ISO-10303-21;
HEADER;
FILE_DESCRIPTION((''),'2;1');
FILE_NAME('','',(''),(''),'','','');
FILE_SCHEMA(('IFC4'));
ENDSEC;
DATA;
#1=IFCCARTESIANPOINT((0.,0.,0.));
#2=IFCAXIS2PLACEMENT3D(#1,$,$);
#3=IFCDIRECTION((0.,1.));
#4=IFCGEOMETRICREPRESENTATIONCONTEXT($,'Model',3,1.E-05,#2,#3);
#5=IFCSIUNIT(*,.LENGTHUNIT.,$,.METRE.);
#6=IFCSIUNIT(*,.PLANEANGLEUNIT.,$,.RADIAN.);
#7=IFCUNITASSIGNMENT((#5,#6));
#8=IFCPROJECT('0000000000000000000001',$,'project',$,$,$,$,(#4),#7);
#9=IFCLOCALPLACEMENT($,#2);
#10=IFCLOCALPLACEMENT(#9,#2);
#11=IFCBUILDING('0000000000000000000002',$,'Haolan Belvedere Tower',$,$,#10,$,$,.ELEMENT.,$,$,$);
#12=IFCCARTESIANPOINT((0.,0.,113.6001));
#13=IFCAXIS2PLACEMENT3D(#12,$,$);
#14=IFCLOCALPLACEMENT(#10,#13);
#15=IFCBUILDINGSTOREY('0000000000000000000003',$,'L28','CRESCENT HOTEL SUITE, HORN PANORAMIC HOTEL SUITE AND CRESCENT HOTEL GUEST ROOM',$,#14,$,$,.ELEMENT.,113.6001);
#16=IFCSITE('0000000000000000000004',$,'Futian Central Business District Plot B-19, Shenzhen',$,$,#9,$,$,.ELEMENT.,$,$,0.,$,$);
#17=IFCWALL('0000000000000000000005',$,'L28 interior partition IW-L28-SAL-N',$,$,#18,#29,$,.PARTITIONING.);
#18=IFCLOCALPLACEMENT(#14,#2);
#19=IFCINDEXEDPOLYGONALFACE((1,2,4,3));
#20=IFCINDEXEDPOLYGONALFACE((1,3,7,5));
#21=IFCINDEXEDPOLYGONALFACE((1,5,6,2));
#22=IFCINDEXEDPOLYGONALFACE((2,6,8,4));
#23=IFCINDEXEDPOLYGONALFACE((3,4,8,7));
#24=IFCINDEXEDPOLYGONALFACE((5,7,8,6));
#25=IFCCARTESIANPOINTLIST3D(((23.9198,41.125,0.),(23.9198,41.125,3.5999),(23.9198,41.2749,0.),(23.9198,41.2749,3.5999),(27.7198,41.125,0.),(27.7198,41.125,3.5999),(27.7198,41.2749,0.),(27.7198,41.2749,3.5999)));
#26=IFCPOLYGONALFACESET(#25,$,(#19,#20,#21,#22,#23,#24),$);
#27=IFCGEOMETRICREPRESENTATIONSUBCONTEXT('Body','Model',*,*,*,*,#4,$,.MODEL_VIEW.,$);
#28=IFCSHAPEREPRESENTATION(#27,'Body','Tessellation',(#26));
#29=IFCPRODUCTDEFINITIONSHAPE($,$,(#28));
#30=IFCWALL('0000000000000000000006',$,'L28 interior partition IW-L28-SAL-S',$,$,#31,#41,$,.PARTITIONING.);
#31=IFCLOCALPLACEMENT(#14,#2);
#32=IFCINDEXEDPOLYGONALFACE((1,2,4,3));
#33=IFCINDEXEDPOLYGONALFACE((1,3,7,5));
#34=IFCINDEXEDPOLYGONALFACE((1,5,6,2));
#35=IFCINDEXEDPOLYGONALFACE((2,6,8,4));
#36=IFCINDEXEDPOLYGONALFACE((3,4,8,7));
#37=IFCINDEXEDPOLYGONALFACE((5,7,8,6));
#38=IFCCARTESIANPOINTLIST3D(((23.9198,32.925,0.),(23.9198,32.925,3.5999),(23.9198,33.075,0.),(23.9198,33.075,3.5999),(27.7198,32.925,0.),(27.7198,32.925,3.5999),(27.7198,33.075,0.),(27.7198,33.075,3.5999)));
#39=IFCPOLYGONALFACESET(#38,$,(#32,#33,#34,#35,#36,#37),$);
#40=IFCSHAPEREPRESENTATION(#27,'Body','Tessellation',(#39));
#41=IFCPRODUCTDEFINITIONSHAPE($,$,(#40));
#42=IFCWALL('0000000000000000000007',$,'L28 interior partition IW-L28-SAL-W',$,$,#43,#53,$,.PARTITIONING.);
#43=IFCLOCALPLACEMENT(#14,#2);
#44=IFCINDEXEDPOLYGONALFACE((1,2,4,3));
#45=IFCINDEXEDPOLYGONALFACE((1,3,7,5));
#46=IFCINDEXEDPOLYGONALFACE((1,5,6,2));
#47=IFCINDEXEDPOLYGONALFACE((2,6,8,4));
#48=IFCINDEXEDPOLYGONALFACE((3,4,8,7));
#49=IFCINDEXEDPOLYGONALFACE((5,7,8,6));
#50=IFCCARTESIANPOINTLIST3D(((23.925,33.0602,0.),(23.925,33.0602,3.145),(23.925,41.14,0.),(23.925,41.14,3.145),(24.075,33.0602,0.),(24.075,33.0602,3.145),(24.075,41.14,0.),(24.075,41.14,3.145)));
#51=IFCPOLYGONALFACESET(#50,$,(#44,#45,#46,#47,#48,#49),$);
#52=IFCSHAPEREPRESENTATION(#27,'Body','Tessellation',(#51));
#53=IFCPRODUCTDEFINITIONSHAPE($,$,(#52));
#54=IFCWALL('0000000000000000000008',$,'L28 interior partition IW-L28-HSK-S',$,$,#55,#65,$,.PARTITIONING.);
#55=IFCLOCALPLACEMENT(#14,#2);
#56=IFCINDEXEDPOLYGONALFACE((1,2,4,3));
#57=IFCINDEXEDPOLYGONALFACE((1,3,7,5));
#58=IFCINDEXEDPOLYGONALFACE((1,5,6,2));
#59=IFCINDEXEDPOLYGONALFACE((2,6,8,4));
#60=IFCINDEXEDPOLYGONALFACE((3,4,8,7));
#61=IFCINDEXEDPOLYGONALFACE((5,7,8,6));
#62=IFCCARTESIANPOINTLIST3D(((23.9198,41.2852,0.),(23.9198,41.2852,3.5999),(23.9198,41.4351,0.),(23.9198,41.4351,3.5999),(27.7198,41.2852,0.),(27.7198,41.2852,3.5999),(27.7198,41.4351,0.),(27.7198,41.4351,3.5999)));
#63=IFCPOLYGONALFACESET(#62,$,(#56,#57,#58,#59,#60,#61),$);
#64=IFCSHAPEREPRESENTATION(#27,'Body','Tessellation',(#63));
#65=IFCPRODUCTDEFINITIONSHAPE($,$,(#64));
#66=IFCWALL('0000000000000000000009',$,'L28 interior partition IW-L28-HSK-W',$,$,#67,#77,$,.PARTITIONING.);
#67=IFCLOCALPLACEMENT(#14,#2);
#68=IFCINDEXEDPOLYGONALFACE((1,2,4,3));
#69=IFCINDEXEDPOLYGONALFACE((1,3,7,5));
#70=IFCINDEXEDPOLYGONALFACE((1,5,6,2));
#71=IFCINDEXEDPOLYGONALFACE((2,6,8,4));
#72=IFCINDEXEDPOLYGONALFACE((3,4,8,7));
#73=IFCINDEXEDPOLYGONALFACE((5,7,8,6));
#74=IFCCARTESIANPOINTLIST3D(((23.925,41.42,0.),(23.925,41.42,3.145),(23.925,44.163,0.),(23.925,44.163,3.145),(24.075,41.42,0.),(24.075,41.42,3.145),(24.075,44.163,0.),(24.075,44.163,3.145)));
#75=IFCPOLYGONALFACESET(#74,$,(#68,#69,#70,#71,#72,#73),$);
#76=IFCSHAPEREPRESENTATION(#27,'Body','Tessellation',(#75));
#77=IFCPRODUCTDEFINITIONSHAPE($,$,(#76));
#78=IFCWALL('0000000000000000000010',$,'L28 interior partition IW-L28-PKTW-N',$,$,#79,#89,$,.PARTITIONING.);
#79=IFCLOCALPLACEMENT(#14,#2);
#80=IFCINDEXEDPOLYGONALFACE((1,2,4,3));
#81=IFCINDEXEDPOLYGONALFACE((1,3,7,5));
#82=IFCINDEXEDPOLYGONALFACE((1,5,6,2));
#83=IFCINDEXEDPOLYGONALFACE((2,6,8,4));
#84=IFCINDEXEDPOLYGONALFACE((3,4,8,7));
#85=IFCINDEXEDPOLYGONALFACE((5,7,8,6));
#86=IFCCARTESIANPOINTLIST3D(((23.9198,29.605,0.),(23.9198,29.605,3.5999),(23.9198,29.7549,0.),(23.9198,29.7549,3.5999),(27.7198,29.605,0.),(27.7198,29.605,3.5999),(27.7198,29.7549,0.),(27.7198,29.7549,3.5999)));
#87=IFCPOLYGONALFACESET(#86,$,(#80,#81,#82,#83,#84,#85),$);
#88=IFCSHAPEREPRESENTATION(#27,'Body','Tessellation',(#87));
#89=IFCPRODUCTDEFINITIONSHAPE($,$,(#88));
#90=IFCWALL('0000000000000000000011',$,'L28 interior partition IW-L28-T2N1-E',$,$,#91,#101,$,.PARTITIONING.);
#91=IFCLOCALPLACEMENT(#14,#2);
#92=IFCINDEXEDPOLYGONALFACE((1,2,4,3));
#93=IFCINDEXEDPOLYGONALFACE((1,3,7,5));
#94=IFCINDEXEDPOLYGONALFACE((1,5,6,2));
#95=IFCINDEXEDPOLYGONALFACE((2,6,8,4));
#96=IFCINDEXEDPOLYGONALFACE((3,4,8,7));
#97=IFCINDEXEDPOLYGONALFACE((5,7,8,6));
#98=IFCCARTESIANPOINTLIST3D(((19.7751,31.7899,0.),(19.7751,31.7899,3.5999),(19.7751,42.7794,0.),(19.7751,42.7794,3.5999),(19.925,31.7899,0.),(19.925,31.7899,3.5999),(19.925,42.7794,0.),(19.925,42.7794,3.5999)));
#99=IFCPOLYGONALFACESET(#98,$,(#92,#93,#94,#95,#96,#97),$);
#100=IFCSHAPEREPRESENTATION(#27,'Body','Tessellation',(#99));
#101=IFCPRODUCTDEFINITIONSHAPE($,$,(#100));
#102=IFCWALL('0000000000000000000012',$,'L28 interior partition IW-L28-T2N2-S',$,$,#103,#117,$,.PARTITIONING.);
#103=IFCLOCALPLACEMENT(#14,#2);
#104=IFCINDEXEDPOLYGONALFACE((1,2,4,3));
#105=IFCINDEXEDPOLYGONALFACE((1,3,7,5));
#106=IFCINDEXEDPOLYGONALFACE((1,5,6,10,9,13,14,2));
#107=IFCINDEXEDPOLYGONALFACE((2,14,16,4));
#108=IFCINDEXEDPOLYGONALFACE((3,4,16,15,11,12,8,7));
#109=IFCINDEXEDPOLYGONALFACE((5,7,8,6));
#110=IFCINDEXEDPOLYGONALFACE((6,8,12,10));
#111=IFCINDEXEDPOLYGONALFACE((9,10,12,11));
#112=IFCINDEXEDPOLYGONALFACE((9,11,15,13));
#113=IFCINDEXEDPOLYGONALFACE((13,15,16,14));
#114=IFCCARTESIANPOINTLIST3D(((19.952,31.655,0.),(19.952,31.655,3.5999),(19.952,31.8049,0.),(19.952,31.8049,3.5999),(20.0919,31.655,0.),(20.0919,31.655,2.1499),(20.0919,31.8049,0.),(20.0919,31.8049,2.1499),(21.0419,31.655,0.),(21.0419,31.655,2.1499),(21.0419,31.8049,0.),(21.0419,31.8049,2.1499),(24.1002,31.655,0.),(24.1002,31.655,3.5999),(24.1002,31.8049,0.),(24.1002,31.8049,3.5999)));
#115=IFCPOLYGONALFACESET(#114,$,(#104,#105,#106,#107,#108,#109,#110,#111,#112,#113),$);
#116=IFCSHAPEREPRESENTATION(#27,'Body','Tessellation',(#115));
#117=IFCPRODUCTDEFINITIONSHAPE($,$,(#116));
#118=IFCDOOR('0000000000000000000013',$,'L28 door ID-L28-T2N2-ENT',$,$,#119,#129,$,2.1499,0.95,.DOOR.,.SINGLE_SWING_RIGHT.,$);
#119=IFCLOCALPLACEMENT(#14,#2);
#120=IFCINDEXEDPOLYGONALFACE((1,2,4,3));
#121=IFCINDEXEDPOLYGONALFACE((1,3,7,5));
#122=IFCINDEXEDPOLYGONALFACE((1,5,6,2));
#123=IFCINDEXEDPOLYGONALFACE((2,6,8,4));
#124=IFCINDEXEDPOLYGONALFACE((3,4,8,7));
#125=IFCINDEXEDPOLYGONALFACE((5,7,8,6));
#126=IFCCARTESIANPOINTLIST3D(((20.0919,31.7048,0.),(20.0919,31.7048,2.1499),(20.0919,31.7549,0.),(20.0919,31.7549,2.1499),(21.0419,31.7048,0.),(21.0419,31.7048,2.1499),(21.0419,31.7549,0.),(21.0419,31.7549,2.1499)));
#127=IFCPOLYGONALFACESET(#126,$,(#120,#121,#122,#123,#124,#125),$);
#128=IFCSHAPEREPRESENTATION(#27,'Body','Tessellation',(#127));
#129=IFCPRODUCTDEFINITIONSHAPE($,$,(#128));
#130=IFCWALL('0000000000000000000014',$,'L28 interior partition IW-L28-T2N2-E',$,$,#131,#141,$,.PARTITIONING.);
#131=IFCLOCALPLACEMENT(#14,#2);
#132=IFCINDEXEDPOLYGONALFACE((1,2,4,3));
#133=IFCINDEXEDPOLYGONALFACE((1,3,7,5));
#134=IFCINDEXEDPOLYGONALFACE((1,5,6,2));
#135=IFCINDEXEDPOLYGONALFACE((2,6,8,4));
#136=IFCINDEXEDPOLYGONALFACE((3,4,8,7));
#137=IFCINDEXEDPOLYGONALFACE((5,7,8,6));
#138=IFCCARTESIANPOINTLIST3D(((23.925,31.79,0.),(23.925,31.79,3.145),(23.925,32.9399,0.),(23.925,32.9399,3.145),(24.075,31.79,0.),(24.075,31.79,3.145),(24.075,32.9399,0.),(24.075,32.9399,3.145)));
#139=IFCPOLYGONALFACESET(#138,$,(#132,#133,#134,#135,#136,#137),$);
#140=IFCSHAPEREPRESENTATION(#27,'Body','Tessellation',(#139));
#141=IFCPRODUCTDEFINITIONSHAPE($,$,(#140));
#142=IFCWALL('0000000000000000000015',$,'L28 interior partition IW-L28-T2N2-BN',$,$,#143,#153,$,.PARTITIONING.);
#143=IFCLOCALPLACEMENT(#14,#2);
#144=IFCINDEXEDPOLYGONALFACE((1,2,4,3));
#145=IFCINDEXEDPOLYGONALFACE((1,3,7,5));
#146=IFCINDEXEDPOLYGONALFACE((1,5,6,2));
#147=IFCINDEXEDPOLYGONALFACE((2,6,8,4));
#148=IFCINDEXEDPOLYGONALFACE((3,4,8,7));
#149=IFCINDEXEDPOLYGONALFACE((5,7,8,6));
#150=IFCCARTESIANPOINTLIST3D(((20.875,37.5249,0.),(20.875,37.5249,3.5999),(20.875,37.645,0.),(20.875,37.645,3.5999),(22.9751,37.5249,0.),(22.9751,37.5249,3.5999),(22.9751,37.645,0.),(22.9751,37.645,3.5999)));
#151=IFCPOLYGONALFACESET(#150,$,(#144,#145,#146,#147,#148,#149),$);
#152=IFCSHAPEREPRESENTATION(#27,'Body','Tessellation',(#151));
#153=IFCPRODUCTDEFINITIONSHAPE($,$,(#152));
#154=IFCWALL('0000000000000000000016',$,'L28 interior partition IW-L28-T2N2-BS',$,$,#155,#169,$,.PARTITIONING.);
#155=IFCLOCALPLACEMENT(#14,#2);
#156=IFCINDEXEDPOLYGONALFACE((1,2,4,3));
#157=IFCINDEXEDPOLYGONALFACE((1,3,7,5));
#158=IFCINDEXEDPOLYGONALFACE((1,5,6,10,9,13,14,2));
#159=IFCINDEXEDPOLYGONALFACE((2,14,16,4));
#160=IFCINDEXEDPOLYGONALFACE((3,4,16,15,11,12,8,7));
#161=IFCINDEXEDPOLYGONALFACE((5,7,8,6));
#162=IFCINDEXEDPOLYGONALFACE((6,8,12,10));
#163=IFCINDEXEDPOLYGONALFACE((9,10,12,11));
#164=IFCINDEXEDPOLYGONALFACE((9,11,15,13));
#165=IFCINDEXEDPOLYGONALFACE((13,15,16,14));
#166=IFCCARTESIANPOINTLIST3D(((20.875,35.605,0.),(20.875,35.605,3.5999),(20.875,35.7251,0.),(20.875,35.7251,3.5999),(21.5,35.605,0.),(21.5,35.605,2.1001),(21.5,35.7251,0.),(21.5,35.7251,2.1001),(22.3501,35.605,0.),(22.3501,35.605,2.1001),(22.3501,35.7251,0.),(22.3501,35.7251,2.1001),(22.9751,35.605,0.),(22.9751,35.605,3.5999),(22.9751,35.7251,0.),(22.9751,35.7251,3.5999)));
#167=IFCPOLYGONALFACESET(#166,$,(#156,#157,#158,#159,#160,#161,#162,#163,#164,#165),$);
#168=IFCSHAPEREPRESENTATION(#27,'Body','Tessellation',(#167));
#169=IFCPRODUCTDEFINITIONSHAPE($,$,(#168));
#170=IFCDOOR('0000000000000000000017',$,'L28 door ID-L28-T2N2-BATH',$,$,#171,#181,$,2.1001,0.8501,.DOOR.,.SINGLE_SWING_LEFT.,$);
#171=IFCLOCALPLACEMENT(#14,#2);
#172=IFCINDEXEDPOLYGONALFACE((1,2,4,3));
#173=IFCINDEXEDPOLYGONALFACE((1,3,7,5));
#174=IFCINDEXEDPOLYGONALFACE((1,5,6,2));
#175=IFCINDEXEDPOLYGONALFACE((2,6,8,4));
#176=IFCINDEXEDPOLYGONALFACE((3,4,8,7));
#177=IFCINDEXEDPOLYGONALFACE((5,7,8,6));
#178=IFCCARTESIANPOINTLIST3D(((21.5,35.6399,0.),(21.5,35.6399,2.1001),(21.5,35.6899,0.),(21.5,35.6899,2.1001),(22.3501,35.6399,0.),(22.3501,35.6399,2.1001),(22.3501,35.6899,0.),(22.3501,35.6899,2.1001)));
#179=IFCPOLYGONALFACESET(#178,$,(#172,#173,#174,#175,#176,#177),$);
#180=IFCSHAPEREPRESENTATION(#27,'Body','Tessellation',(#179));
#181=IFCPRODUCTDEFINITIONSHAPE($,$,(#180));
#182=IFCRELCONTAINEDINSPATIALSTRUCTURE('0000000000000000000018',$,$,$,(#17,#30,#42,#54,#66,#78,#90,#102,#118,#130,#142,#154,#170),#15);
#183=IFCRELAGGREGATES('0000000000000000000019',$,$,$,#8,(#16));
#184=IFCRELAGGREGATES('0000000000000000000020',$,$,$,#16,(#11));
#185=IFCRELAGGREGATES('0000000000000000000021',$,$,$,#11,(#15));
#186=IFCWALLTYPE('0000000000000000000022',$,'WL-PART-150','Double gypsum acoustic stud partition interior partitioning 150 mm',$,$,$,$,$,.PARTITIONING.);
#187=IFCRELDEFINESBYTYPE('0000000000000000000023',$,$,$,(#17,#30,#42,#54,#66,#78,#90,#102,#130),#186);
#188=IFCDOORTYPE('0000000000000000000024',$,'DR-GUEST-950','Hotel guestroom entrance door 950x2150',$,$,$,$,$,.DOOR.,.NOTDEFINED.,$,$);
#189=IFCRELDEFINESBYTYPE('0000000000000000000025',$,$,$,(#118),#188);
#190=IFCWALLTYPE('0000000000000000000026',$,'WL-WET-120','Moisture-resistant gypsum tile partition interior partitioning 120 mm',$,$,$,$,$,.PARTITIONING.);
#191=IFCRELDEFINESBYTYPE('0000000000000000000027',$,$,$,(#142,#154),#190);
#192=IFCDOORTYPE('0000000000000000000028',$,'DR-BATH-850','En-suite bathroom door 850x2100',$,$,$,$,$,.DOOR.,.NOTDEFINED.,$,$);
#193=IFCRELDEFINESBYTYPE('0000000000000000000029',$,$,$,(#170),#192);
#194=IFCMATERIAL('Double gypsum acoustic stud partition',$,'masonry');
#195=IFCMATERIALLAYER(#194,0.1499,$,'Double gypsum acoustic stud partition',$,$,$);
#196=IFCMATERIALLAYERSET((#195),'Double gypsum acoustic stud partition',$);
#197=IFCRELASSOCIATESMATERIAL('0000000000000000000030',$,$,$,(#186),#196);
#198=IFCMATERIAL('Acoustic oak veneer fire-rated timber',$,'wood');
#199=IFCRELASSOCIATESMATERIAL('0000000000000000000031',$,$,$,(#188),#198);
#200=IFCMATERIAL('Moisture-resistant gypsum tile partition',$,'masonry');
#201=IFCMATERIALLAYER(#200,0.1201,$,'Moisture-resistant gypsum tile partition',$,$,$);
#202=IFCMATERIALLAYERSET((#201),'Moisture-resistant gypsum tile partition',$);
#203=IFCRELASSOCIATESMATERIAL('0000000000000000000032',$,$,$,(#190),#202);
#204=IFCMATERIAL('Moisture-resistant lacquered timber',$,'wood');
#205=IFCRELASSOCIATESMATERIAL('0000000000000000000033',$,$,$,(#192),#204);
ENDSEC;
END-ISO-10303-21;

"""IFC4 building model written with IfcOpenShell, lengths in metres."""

from ifc_helpers import new_model, si_unit, direction, frame, frame_2d, origin, place, context, subcontext, project, spatial, rectangle, extrude, material, layer, layer_set, type_object, element, fill, save


model = new_model("IFC4")

# Units and contexts
model_context = context("Model", 3, precision=1e-05, world=origin(), true_north=direction((0.0, 1.0)))
body_context = subcontext(model_context, "Body", "Model", "MODEL_VIEW")
ifc_project = project(units=[si_unit("LENGTHUNIT", "METRE"), si_unit("PLANEANGLEUNIT", "RADIAN")], contexts=[model_context])

# Site, building, storey
site_placement = place(None, origin())
site = spatial("IfcSite", under=ifc_project, at=site_placement, Name="Futian Central Business District Plot B-19, Shenzhen", CompositionType="ELEMENT", RefElevation=0.0)
building_placement = place(site_placement, origin())
building = spatial("IfcBuilding", under=site, at=building_placement, Name="Haolan Belvedere Tower", CompositionType="ELEMENT")
storey_placement = place(building_placement, frame((0.0, 0.0, 113.6001)))
storey = spatial("IfcBuildingStorey", under=building, at=storey_placement, Name="L28", Description="CRESCENT HOTEL SUITE, HORN PANORAMIC HOTEL SUITE AND CRESCENT HOTEL GUEST ROOM", CompositionType="ELEMENT", Elevation=113.6001)

# Walls
ifc_material_1 = material(Name="Double gypsum acoustic stud partition", Category="masonry")
ifc_layer_1 = layer(ifc_material_1, 0.1499, Name="Double gypsum acoustic stud partition")
ifc_layer_set_1 = layer_set([ifc_layer_1], Name="Double gypsum acoustic stud partition")
wall_type_1 = type_object("IfcWallType", Name="WL-PART-150", Description="Double gypsum acoustic stud partition interior partitioning 150 mm", PredefinedType="PARTITIONING", material=ifc_layer_set_1)
for number, where, z_axis, x_axis, name in (
    (1, (23.9199, 41.2, 0.0), (0.0, 0.0, 1.0), (1.0, 0.0, 0.0), "L28 interior partition IW-L28-SAL-N"),
    (2, (23.9199, 33.0, 0.0), (0.0, 0.0, 1.0), (1.0, 0.0, 0.0), "L28 interior partition IW-L28-SAL-S"),
):
    element("IfcWall", number, at=place(storey_placement, frame(where, z_axis=z_axis, x_axis=x_axis)), inside=storey, type_object=wall_type_1, Name=name, PredefinedType="PARTITIONING", context=body_context, shape_type="SweptSolid", body=[
        extrude(rectangle(XDim=3.8, YDim=0.1499, at=frame_2d((1.8999, 0.0))), origin(), (0.0, 0.0, 1.0), 3.5999),
    ])
wall_1_placement = place(storey_placement, frame((24.0, 33.0601, 0.0), z_axis=(0.0, 0.0, 1.0), x_axis=(0.0, 1.0, 0.0)))
element("IfcWall", 3, at=wall_1_placement, inside=storey, type_object=wall_type_1, Name="L28 interior partition IW-L28-SAL-W", PredefinedType="PARTITIONING", context=body_context, shape_type="SweptSolid", body=[
    extrude(rectangle(XDim=8.0798, YDim=0.1499, at=frame_2d((4.04, 0.0))), origin(), (0.0, 0.0, 1.0), 3.145),
])
wall_2_placement = place(storey_placement, frame((23.9199, 41.3601, 0.0), z_axis=(0.0, 0.0, 1.0), x_axis=(1.0, 0.0, 0.0)))
element("IfcWall", 4, at=wall_2_placement, inside=storey, type_object=wall_type_1, Name="L28 interior partition IW-L28-HSK-S", PredefinedType="PARTITIONING", context=body_context, shape_type="SweptSolid", body=[
    extrude(rectangle(XDim=3.8, YDim=0.1499, at=frame_2d((1.8999, 0.0))), origin(), (0.0, 0.0, 1.0), 3.5999),
])
wall_3_placement = place(storey_placement, frame((24.0, 41.4199, 0.0), z_axis=(0.0, 0.0, 1.0), x_axis=(0.0, 1.0, 0.0)))
element("IfcWall", 5, at=wall_3_placement, inside=storey, type_object=wall_type_1, Name="L28 interior partition IW-L28-HSK-W", PredefinedType="PARTITIONING", context=body_context, shape_type="SweptSolid", body=[
    extrude(rectangle(XDim=2.7429, YDim=0.1499, at=frame_2d((1.3716, 0.0))), origin(), (0.0, 0.0, 1.0), 3.145),
])
wall_4_placement = place(storey_placement, frame((23.9199, 29.6799, 0.0), z_axis=(0.0, 0.0, 1.0), x_axis=(1.0, 0.0, 0.0)))
element("IfcWall", 6, at=wall_4_placement, inside=storey, type_object=wall_type_1, Name="L28 interior partition IW-L28-PKTW-N", PredefinedType="PARTITIONING", context=body_context, shape_type="SweptSolid", body=[
    extrude(rectangle(XDim=3.8, YDim=0.1499, at=frame_2d((1.8999, 0.0))), origin(), (0.0, 0.0, 1.0), 3.5999),
])
wall_5_placement = place(storey_placement, frame((19.8501, 31.79, 0.0), z_axis=(0.0, 0.0, 1.0), x_axis=(0.0, 1.0, 0.0)))
element("IfcWall", 7, at=wall_5_placement, inside=storey, type_object=wall_type_1, Name="L28 interior partition IW-L28-T2N1-E", PredefinedType="PARTITIONING", context=body_context, shape_type="SweptSolid", body=[
    extrude(rectangle(XDim=10.9895, YDim=0.1499, at=frame_2d((5.4946, 0.0))), origin(), (0.0, 0.0, 1.0), 3.5999),
])

# Wall, opening, door
wall_6_placement = place(storey_placement, frame((19.9519, 31.73, 0.0), z_axis=(0.0, 0.0, 1.0), x_axis=(1.0, 0.0, 0.0)))
wall_6 = element("IfcWall", 8, at=wall_6_placement, inside=storey, type_object=wall_type_1, Name="L28 interior partition IW-L28-T2N2-S", PredefinedType="PARTITIONING", context=body_context, shape_type="SweptSolid", body=[
    extrude(rectangle(XDim=4.1482, YDim=0.1499, at=frame_2d((2.0742, 0.0))), origin(), (0.0, 0.0, 1.0), 3.5999),
])
opening_1_placement = place(wall_6_placement, frame((0.1399, 0.0, 0.0)))
opening_1 = element("IfcOpeningElement", 9, at=opening_1_placement, cuts=wall_6, PredefinedType="OPENING", context=body_context, shape_type="SweptSolid", body=[
    extrude(rectangle(XDim=0.95, YDim=2.1499, at=frame_2d((0.4751, 1.075))), frame((0.0, 0.085, 0.0), z_axis=(0.0, -1.0, 0.0), x_axis=(1.0, 0.0, 0.0)), (0.0, 0.0, 1.0), 0.1699),
])
ifc_material_2 = material(Name="Acoustic oak veneer fire-rated timber", Category="wood")
door_type_1 = type_object("IfcDoorType", Name="DR-GUEST-950", Description="Hotel guestroom entrance door 950x2150", OperationType="NOTDEFINED", PredefinedType="DOOR", material=ifc_material_2)
door_1_placement = place(opening_1_placement, origin())
door_1 = element("IfcDoor", 10, at=door_1_placement, inside=storey, type_object=door_type_1, Name="L28 door ID-L28-T2N2-ENT", OperationType="SINGLE_SWING_RIGHT", OverallHeight=2.1499, OverallWidth=0.95, PredefinedType="DOOR", context=body_context, shape_type="SweptSolid", body=[
    extrude(rectangle(XDim=0.95, YDim=2.1499, at=frame_2d((0.4751, 1.075))), frame((0.0, 0.0249, 0.0), z_axis=(0.0, -1.0, 0.0), x_axis=(1.0, 0.0, 0.0)), (0.0, 0.0, 1.0), 0.05),
])
fill(opening_1, door_1)

# Walls
wall_7_placement = place(storey_placement, frame((24.0, 31.79, 0.0), z_axis=(0.0, 0.0, 1.0), x_axis=(0.0, 1.0, 0.0)))
element("IfcWall", 11, at=wall_7_placement, inside=storey, type_object=wall_type_1, Name="L28 interior partition IW-L28-T2N2-E", PredefinedType="PARTITIONING", context=body_context, shape_type="SweptSolid", body=[
    extrude(rectangle(XDim=1.1499, YDim=0.1499, at=frame_2d((0.575, 0.0))), origin(), (0.0, 0.0, 1.0), 3.145),
])
ifc_material_3 = material(Name="Moisture-resistant gypsum tile partition", Category="masonry")
ifc_layer_2 = layer(ifc_material_3, 0.1201, Name="Moisture-resistant gypsum tile partition")
ifc_layer_set_2 = layer_set([ifc_layer_2], Name="Moisture-resistant gypsum tile partition")
wall_type_2 = type_object("IfcWallType", Name="WL-WET-120", Description="Moisture-resistant gypsum tile partition interior partitioning 120 mm", PredefinedType="PARTITIONING", material=ifc_layer_set_2)
wall_8_placement = place(storey_placement, frame((20.875, 37.585, 0.0), z_axis=(0.0, 0.0, 1.0), x_axis=(1.0, 0.0, 0.0)))
element("IfcWall", 12, at=wall_8_placement, inside=storey, type_object=wall_type_2, Name="L28 interior partition IW-L28-T2N2-BN", PredefinedType="PARTITIONING", context=body_context, shape_type="SweptSolid", body=[
    extrude(rectangle(XDim=2.1001, YDim=0.1201, at=frame_2d((1.05, 0.0))), origin(), (0.0, 0.0, 1.0), 3.5999),
])

# Wall, opening, door
wall_9_placement = place(storey_placement, frame((20.875, 35.665, 0.0), z_axis=(0.0, 0.0, 1.0), x_axis=(1.0, 0.0, 0.0)))
wall_9 = element("IfcWall", 13, at=wall_9_placement, inside=storey, type_object=wall_type_2, Name="L28 interior partition IW-L28-T2N2-BS", PredefinedType="PARTITIONING", context=body_context, shape_type="SweptSolid", body=[
    extrude(rectangle(XDim=2.1001, YDim=0.1201, at=frame_2d((1.05, 0.0))), origin(), (0.0, 0.0, 1.0), 3.5999),
])
opening_2_placement = place(wall_9_placement, frame((0.625, 0.0, 0.0)))
opening_2 = element("IfcOpeningElement", 14, at=opening_2_placement, cuts=wall_9, PredefinedType="OPENING", context=body_context, shape_type="SweptSolid", body=[
    extrude(rectangle(XDim=0.8501, YDim=2.1001, at=frame_2d((0.425, 1.05))), frame((0.0, 0.0701, 0.0), z_axis=(0.0, -1.0, 0.0), x_axis=(1.0, 0.0, 0.0)), (0.0, 0.0, 1.0), 0.1401),
])
ifc_material_4 = material(Name="Moisture-resistant lacquered timber", Category="wood")
door_type_2 = type_object("IfcDoorType", Name="DR-BATH-850", Description="En-suite bathroom door 850x2100", OperationType="NOTDEFINED", PredefinedType="DOOR", material=ifc_material_4)
door_2_placement = place(opening_2_placement, origin())
door_2 = element("IfcDoor", 15, at=door_2_placement, inside=storey, type_object=door_type_2, Name="L28 door ID-L28-T2N2-BATH", OperationType="SINGLE_SWING_LEFT", OverallHeight=2.1001, OverallWidth=0.8501, PredefinedType="DOOR", context=body_context, shape_type="SweptSolid", body=[
    extrude(rectangle(XDim=0.8501, YDim=2.1001, at=frame_2d((0.425, 1.05))), frame((0.0, 0.0249, 0.0), z_axis=(0.0, -1.0, 0.0), x_axis=(1.0, 0.0, 0.0)), (0.0, 0.0, 1.0), 0.05),
])
fill(opening_2, door_2)

save(model, "model.ifc")
